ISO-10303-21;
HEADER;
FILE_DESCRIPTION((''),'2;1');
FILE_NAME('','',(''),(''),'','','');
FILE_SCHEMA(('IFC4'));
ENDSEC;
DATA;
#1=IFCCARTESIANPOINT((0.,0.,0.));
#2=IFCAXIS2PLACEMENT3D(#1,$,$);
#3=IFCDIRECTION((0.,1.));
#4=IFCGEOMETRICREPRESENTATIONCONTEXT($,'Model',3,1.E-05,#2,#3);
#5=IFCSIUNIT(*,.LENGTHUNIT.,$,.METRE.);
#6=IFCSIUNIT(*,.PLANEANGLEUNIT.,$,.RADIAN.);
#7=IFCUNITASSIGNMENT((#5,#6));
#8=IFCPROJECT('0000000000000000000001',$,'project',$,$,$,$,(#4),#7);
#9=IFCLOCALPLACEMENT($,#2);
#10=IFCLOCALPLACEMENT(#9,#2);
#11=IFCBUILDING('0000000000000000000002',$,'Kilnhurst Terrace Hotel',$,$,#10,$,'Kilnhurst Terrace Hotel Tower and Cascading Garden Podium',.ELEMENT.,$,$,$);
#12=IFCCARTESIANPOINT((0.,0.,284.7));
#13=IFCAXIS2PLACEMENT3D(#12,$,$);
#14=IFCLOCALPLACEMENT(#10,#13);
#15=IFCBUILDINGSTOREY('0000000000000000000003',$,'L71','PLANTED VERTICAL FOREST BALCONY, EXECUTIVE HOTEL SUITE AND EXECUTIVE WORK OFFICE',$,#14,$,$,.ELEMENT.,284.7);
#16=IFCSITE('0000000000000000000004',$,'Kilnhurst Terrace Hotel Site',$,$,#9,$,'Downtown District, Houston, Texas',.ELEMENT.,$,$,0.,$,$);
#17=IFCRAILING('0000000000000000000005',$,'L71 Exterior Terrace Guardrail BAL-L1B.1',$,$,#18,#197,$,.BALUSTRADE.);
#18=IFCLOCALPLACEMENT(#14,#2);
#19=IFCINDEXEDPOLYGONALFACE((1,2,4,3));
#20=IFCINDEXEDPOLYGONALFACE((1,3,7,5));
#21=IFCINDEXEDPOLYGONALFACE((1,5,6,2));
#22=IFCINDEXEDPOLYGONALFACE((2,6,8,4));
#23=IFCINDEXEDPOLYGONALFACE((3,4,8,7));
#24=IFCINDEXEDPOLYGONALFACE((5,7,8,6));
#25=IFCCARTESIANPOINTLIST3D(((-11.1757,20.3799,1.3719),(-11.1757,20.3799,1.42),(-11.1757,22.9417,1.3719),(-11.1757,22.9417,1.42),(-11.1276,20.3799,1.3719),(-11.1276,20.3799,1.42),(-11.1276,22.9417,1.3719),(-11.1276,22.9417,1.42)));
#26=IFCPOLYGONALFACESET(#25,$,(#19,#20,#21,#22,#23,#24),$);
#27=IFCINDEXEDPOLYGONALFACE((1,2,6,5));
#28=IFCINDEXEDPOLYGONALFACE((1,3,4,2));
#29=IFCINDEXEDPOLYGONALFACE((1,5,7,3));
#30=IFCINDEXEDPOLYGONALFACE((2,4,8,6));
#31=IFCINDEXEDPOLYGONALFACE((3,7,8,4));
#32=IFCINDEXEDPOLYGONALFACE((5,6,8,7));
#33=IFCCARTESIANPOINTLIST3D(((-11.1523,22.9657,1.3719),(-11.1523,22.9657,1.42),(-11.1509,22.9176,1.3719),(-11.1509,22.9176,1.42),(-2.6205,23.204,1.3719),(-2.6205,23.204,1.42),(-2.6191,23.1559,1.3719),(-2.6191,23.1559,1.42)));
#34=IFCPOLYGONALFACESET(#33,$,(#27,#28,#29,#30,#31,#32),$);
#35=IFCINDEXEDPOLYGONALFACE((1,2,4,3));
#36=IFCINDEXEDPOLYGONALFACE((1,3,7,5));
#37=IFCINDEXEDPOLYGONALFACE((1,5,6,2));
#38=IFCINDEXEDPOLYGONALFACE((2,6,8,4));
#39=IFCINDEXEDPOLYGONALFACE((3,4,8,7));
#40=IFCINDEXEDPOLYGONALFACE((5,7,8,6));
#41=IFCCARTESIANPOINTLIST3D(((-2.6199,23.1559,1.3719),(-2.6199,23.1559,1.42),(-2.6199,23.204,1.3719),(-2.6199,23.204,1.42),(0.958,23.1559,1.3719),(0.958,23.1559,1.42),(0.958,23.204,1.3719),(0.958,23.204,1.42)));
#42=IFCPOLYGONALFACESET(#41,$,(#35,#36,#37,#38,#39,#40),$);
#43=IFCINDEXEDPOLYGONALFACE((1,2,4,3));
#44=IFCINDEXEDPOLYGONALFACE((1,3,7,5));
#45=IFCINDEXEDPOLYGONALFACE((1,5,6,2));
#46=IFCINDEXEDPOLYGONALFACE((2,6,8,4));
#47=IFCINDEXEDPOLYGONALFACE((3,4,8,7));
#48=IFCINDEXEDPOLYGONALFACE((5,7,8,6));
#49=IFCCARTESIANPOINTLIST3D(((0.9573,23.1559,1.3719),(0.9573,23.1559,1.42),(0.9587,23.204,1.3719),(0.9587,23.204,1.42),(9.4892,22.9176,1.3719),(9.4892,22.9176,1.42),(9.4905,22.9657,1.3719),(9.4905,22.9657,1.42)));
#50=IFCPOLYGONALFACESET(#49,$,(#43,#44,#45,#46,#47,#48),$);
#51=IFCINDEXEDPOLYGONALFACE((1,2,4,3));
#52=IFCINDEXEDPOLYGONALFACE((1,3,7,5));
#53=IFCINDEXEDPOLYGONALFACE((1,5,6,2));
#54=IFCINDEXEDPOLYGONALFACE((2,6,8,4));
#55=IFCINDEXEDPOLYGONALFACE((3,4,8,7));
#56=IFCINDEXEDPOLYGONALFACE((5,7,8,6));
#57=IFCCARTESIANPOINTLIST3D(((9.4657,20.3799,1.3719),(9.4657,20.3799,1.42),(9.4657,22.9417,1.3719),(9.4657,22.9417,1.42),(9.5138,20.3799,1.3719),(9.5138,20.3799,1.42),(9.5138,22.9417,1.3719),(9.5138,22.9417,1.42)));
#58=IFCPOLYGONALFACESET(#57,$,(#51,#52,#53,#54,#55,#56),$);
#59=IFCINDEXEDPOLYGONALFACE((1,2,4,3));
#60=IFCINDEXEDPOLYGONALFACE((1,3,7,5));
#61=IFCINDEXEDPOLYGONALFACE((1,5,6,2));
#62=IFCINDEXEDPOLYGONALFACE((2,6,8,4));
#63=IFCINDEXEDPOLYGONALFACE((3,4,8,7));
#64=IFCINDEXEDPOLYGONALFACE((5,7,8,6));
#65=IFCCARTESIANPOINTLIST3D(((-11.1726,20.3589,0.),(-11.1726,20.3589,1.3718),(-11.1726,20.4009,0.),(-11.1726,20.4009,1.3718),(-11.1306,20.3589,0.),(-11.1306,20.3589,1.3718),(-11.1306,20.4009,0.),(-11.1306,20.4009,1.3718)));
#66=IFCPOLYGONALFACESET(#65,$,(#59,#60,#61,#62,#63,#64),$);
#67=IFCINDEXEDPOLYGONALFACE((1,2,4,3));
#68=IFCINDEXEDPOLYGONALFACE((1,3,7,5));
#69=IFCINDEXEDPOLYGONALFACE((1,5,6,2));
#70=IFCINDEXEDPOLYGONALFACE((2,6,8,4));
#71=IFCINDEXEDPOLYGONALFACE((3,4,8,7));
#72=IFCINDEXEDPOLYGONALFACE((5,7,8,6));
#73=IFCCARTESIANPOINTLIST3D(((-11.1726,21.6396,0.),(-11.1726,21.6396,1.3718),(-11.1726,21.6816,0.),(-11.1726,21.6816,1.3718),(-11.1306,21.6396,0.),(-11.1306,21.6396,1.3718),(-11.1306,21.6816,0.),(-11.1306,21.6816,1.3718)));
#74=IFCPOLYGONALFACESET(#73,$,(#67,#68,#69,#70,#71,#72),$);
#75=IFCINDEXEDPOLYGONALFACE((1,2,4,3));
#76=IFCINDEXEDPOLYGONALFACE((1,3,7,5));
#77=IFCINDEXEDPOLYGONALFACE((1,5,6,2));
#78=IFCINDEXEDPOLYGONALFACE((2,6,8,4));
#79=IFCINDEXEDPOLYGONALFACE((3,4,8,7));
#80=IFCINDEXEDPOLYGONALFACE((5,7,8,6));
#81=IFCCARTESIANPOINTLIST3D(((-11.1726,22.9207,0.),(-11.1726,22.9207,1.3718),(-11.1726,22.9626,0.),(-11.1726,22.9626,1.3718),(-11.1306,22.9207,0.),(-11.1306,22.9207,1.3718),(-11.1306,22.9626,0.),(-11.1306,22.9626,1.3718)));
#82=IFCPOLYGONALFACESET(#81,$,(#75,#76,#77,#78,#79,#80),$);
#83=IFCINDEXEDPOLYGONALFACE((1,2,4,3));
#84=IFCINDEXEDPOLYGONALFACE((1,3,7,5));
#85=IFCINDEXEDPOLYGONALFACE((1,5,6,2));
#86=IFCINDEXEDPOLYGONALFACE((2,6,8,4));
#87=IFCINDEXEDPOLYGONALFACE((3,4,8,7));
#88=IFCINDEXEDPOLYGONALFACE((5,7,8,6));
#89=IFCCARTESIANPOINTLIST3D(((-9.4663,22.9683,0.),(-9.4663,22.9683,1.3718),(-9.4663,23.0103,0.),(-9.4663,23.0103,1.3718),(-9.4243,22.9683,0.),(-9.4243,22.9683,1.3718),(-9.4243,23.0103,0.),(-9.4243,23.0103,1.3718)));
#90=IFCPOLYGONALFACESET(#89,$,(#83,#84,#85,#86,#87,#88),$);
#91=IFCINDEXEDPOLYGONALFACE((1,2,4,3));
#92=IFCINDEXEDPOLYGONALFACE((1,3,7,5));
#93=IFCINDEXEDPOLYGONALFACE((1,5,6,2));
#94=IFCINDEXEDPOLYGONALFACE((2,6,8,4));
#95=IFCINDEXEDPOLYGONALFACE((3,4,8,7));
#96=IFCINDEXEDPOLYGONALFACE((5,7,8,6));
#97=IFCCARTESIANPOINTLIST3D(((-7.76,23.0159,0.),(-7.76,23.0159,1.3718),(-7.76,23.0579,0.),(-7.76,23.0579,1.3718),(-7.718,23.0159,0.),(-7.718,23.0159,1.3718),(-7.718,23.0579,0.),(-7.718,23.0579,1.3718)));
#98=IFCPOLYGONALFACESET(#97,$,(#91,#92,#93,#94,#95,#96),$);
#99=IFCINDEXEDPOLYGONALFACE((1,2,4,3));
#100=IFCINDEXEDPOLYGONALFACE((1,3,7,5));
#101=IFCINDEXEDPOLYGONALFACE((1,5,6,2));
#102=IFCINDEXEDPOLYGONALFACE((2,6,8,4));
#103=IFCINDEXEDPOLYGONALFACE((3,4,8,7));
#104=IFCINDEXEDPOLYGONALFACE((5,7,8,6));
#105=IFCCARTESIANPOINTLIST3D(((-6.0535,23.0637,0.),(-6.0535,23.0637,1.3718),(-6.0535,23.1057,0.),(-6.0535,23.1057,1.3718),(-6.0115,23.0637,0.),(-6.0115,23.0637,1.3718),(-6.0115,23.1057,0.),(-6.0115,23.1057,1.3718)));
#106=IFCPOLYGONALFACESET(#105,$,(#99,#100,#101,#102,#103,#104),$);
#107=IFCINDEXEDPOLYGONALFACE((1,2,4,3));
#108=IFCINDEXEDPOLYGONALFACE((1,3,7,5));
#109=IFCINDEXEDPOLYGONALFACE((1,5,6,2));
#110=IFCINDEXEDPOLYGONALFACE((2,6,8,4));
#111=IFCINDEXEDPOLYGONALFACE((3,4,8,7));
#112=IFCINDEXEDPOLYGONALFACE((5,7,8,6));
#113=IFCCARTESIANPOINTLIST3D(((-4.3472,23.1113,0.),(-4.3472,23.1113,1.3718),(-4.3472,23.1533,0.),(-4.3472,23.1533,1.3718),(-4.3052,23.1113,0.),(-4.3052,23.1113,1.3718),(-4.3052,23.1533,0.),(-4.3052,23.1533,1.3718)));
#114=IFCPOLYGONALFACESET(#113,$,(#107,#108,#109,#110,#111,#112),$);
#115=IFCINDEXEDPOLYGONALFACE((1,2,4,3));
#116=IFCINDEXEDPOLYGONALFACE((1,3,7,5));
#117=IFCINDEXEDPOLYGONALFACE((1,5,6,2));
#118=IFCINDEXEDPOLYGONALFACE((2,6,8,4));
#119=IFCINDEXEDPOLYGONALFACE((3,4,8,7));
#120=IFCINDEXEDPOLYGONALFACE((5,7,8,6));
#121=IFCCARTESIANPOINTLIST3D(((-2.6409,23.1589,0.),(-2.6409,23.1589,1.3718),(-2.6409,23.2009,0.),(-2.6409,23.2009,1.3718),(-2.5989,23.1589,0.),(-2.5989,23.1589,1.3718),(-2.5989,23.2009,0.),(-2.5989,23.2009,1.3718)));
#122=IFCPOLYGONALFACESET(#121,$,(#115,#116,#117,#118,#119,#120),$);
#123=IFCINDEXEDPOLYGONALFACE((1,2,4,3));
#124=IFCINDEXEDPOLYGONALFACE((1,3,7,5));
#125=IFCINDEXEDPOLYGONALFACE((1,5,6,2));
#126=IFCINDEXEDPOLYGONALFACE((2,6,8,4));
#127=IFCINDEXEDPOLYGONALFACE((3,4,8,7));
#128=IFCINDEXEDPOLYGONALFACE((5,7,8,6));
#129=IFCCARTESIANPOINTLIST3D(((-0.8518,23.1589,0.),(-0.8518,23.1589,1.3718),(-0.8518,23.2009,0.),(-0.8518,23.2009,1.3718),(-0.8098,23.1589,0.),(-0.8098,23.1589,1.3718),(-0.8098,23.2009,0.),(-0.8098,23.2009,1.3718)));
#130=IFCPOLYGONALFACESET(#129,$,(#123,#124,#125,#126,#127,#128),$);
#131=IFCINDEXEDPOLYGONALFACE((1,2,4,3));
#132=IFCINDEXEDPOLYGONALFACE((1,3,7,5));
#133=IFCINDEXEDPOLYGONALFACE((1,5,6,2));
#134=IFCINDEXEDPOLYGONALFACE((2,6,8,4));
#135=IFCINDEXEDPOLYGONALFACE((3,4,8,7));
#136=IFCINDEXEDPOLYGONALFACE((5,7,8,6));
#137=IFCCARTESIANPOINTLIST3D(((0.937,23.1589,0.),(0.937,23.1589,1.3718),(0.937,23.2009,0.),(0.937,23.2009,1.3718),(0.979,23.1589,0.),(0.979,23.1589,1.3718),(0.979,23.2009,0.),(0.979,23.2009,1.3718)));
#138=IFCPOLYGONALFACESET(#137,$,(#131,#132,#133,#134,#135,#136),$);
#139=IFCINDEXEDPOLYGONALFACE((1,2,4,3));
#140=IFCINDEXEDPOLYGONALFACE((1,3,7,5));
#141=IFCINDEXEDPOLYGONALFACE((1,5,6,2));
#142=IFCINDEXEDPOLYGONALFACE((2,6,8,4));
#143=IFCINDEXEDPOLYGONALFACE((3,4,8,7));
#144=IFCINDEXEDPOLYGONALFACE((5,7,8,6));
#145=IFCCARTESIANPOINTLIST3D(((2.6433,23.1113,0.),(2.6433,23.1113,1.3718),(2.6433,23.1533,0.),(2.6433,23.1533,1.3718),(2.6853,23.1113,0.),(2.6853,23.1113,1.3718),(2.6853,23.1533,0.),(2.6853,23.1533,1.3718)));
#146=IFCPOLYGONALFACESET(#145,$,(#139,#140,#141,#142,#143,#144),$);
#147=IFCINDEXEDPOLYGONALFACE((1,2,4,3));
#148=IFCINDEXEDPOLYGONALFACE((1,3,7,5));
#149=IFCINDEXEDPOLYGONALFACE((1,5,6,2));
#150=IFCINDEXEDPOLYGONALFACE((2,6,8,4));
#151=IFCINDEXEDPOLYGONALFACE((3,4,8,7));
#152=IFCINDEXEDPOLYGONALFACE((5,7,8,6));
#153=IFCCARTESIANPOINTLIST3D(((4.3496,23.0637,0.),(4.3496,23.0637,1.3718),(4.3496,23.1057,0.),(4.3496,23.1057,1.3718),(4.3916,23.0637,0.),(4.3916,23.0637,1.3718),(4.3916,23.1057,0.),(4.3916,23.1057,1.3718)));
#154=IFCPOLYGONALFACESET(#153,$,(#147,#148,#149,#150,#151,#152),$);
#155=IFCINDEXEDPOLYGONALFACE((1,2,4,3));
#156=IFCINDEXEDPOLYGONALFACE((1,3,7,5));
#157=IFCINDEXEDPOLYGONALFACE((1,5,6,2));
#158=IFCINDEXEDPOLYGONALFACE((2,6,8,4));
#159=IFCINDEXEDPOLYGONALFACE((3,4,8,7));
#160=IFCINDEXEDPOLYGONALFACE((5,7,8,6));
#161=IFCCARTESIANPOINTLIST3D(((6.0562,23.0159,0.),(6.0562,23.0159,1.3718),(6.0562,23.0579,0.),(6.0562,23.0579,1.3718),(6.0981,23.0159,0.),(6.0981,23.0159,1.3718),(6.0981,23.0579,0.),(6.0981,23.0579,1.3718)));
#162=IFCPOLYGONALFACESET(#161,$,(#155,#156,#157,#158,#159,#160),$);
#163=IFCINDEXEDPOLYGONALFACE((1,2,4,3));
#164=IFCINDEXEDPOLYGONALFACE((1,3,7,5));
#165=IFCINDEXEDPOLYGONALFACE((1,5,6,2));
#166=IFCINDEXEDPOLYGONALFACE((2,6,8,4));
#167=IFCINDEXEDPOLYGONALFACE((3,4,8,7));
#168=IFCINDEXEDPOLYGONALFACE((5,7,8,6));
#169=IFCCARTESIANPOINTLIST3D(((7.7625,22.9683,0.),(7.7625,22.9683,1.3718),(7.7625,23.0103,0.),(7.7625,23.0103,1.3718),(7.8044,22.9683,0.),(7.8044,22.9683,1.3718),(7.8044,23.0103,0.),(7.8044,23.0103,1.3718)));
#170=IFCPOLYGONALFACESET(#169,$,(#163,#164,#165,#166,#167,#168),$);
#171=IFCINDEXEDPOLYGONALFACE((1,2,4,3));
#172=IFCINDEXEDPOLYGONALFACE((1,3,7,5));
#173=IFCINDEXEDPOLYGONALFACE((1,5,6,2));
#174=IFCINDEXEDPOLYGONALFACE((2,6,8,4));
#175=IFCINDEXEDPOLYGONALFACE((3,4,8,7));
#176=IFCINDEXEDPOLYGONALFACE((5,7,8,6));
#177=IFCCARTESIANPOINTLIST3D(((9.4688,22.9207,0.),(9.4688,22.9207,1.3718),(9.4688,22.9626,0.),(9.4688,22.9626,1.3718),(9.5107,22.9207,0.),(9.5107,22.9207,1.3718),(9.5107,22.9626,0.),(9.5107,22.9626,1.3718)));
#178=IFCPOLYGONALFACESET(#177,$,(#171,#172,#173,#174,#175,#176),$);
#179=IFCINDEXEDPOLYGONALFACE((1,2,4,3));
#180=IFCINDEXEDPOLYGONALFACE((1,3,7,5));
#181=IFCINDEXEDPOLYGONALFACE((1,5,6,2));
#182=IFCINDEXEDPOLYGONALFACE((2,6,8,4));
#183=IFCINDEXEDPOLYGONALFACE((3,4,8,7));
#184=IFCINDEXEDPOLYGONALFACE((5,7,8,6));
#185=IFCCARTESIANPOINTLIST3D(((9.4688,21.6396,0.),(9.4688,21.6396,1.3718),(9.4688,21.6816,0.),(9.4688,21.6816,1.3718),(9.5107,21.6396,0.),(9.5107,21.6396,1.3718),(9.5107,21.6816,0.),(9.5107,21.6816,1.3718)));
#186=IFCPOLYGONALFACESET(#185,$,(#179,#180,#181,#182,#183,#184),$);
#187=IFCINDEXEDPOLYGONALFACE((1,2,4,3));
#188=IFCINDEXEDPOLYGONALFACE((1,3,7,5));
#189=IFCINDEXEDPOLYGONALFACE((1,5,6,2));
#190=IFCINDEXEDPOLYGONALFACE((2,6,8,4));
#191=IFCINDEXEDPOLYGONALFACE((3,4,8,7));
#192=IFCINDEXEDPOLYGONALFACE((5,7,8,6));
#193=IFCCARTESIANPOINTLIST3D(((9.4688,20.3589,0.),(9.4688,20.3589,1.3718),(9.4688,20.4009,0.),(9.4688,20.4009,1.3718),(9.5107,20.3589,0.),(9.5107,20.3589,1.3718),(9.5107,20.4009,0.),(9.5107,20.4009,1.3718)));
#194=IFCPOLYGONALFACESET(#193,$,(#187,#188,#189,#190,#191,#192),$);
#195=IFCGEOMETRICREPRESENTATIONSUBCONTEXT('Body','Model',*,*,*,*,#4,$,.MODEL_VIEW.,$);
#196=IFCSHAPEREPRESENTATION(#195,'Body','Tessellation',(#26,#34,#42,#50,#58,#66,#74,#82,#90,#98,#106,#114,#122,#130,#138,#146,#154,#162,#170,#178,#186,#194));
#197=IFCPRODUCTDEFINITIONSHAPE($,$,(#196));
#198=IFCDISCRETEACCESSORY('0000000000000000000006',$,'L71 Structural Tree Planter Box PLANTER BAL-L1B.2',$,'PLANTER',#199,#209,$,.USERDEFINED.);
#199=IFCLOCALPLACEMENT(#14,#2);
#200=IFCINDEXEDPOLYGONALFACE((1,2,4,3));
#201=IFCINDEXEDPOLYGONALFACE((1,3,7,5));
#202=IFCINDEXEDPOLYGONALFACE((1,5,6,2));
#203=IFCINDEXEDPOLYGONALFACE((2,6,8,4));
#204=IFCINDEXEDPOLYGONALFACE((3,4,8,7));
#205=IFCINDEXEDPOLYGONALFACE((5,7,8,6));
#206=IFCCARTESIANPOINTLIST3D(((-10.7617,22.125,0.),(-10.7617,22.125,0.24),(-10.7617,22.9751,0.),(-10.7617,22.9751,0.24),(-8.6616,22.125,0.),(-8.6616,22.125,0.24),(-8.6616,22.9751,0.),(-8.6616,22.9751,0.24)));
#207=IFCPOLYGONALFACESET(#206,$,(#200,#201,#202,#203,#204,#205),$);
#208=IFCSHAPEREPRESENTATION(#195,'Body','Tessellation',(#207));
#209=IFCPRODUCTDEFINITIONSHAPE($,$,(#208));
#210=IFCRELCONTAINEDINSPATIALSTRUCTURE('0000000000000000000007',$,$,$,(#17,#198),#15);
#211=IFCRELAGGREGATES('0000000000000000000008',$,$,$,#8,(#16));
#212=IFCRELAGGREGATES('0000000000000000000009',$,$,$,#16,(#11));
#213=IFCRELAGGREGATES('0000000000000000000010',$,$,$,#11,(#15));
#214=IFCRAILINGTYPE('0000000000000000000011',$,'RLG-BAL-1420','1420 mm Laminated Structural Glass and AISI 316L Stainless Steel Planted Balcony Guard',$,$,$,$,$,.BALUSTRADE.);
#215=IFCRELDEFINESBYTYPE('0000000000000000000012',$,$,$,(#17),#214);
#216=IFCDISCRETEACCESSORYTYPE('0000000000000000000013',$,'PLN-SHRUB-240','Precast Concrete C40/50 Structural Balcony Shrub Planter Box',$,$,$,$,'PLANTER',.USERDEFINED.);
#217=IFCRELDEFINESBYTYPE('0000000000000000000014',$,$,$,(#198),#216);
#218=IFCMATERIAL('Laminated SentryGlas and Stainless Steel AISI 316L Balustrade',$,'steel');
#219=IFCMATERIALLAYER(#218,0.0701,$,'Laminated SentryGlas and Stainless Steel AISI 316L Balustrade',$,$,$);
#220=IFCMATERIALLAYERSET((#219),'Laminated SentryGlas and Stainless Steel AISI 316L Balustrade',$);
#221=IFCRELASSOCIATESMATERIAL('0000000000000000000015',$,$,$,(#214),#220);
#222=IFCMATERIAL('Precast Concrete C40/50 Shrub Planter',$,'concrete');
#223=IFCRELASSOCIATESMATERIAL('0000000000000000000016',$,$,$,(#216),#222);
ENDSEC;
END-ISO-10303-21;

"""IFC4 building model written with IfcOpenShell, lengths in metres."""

from ifc_helpers import new_model, si_unit, direction, frame, origin, origin_2d, place, context, subcontext, project, spatial, rectangle, extrude, material, layer, layer_set, type_object, element, save


model = new_model("IFC4")

# Units and contexts
model_context = context("Model", 3, precision=1e-05, world=origin(), true_north=direction((0.0, 1.0)))
body_context = subcontext(model_context, "Body", "Model", "MODEL_VIEW")
ifc_project = project(units=[si_unit("LENGTHUNIT", "METRE"), si_unit("PLANEANGLEUNIT", "RADIAN")], contexts=[model_context])

# Site, building, storey
site_placement = place(None, origin())
site = spatial("IfcSite", under=ifc_project, at=site_placement, Name="Kilnhurst Terrace Hotel Site", LongName="Downtown District, Houston, Texas", CompositionType="ELEMENT", RefElevation=0.0)
building_placement = place(site_placement, origin())
building = spatial("IfcBuilding", under=site, at=building_placement, Name="Kilnhurst Terrace Hotel", LongName="Kilnhurst Terrace Hotel Tower and Cascading Garden Podium", CompositionType="ELEMENT")
storey_placement = place(building_placement, frame((0.0, 0.0, 284.7)))
storey = spatial("IfcBuildingStorey", under=building, at=storey_placement, Name="L71", Description="PLANTED VERTICAL FOREST BALCONY, EXECUTIVE HOTEL SUITE AND EXECUTIVE WORK OFFICE", CompositionType="ELEMENT", Elevation=284.7)

# Railing
ifc_material_1 = material(Name="Laminated SentryGlas and Stainless Steel AISI 316L Balustrade", Category="steel")
ifc_layer_1 = layer(ifc_material_1, 0.0701, Name="Laminated SentryGlas and Stainless Steel AISI 316L Balustrade")
ifc_layer_set_1 = layer_set([ifc_layer_1], Name="Laminated SentryGlas and Stainless Steel AISI 316L Balustrade")
railing_type = type_object("IfcRailingType", Name="RLG-BAL-1420", Description="1420 mm Laminated Structural Glass and AISI 316L Stainless Steel Planted Balcony Guard", PredefinedType="BALUSTRADE", material=ifc_layer_set_1)
railing_placement = place(storey_placement, frame((-11.1516, 20.3799, 0.0)))
element("IfcRailing", 1, at=railing_placement, inside=storey, type_object=railing_type, Name="L71 Exterior Terrace Guardrail BAL-L1B.1", PredefinedType="BALUSTRADE", context=body_context, shape_type="SweptSolid", body=[
    extrude(rectangle(XDim=0.0481, YDim=0.0481, at=origin_2d()), frame((0.0, 0.0, 1.396), z_axis=(0.0, 1.0, 0.0), x_axis=(-1.0, 0.0, 0.0)), (0.0, 0.0, 1.0), 2.5618),
    extrude(rectangle(XDim=0.0481, YDim=0.0481, at=origin_2d()), frame((0.0, 2.5618, 1.396), z_axis=(0.99961, 0.027918, 0.0), x_axis=(-0.027918, 0.99961, 0.0)), (0.0, 0.0, 1.0), 8.5352),
    extrude(rectangle(XDim=0.0481, YDim=0.0481, at=origin_2d()), frame((8.5317, 2.8, 1.396), z_axis=(1.0, 0.0, 0.0), x_axis=(0.0, 1.0, 0.0)), (0.0, 0.0, 1.0), 3.5779),
    extrude(rectangle(XDim=0.0481, YDim=0.0481, at=origin_2d()), frame((12.1096, 2.8, 1.396), z_axis=(0.99961, -0.027918, 0.0), x_axis=(0.027918, 0.99961, 0.0)), (0.0, 0.0, 1.0), 8.5352),
    extrude(rectangle(XDim=0.0481, YDim=0.0481, at=origin_2d()), frame((20.6414, 2.5618, 1.396), z_axis=(0.0, -1.0, 0.0), x_axis=(1.0, 0.0, 0.0)), (0.0, 0.0, 1.0), 2.5618),
    extrude(rectangle(XDim=0.042, YDim=0.042, at=origin_2d()), origin(), (0.0, 0.0, 1.0), 1.3718),
    extrude(rectangle(XDim=0.042, YDim=0.042, at=origin_2d()), frame((0.0, 1.2808, 0.0)), (0.0, 0.0, 1.0), 1.3718),
    extrude(rectangle(XDim=0.042, YDim=0.042, at=origin_2d()), frame((0.0, 2.5618, 0.0)), (0.0, 0.0, 1.0), 1.3718),
    extrude(rectangle(XDim=0.042, YDim=0.042, at=origin_2d()), frame((1.7063, 2.6094, 0.0)), (0.0, 0.0, 1.0), 1.3718),
    extrude(rectangle(XDim=0.042, YDim=0.042, at=origin_2d()), frame((3.4126, 2.657, 0.0)), (0.0, 0.0, 1.0), 1.3718),
    extrude(rectangle(XDim=0.042, YDim=0.042, at=origin_2d()), frame((5.1191, 2.7048, 0.0)), (0.0, 0.0, 1.0), 1.3718),
    extrude(rectangle(XDim=0.042, YDim=0.042, at=origin_2d()), frame((6.8254, 2.7524, 0.0)), (0.0, 0.0, 1.0), 1.3718),
    extrude(rectangle(XDim=0.042, YDim=0.042, at=origin_2d()), frame((8.5317, 2.8, 0.0)), (0.0, 0.0, 1.0), 1.3718),
    extrude(rectangle(XDim=0.042, YDim=0.042, at=origin_2d()), frame((10.3208, 2.8, 0.0)), (0.0, 0.0, 1.0), 1.3718),
    extrude(rectangle(XDim=0.042, YDim=0.042, at=origin_2d()), frame((12.1096, 2.8, 0.0)), (0.0, 0.0, 1.0), 1.3718),
    extrude(rectangle(XDim=0.042, YDim=0.042, at=origin_2d()), frame((13.8159, 2.7524, 0.0)), (0.0, 0.0, 1.0), 1.3718),
    extrude(rectangle(XDim=0.042, YDim=0.042, at=origin_2d()), frame((15.5222, 2.7048, 0.0)), (0.0, 0.0, 1.0), 1.3718),
    extrude(rectangle(XDim=0.042, YDim=0.042, at=origin_2d()), frame((17.2288, 2.657, 0.0)), (0.0, 0.0, 1.0), 1.3718),
    extrude(rectangle(XDim=0.042, YDim=0.042, at=origin_2d()), frame((18.9351, 2.6094, 0.0)), (0.0, 0.0, 1.0), 1.3718),
    extrude(rectangle(XDim=0.042, YDim=0.042, at=origin_2d()), frame((20.6414, 2.5618, 0.0)), (0.0, 0.0, 1.0), 1.3718),
    extrude(rectangle(XDim=0.042, YDim=0.042, at=origin_2d()), frame((20.6414, 1.2808, 0.0)), (0.0, 0.0, 1.0), 1.3718),
    extrude(rectangle(XDim=0.042, YDim=0.042, at=origin_2d()), frame((20.6414, 0.0, 0.0)), (0.0, 0.0, 1.0), 1.3718),
])

# Discrete accessory
ifc_material_2 = material(Name="Precast Concrete C40/50 Shrub Planter", Category="concrete")
discrete_accessory_type = type_object("IfcDiscreteAccessoryType", Name="PLN-SHRUB-240", Description="Precast Concrete C40/50 Structural Balcony Shrub Planter Box", ElementType="PLANTER", PredefinedType="USERDEFINED", material=ifc_material_2)
discrete_accessory_placement = place(storey_placement, frame((-9.7117, 22.55, 0.0), z_axis=(0.0, 0.0, 1.0), x_axis=(-1.0, 0.0, 0.0)))
element("IfcDiscreteAccessory", 2, at=discrete_accessory_placement, inside=storey, type_object=discrete_accessory_type, Name="L71 Structural Tree Planter Box PLANTER BAL-L1B.2", ObjectType="PLANTER", PredefinedType="USERDEFINED", context=body_context, shape_type="SweptSolid", body=[
    extrude(rectangle(XDim=2.1001, YDim=0.8501, at=origin_2d()), origin(), (0.0, 0.0, 1.0), 0.24),
])

save(model, "model.ifc")
